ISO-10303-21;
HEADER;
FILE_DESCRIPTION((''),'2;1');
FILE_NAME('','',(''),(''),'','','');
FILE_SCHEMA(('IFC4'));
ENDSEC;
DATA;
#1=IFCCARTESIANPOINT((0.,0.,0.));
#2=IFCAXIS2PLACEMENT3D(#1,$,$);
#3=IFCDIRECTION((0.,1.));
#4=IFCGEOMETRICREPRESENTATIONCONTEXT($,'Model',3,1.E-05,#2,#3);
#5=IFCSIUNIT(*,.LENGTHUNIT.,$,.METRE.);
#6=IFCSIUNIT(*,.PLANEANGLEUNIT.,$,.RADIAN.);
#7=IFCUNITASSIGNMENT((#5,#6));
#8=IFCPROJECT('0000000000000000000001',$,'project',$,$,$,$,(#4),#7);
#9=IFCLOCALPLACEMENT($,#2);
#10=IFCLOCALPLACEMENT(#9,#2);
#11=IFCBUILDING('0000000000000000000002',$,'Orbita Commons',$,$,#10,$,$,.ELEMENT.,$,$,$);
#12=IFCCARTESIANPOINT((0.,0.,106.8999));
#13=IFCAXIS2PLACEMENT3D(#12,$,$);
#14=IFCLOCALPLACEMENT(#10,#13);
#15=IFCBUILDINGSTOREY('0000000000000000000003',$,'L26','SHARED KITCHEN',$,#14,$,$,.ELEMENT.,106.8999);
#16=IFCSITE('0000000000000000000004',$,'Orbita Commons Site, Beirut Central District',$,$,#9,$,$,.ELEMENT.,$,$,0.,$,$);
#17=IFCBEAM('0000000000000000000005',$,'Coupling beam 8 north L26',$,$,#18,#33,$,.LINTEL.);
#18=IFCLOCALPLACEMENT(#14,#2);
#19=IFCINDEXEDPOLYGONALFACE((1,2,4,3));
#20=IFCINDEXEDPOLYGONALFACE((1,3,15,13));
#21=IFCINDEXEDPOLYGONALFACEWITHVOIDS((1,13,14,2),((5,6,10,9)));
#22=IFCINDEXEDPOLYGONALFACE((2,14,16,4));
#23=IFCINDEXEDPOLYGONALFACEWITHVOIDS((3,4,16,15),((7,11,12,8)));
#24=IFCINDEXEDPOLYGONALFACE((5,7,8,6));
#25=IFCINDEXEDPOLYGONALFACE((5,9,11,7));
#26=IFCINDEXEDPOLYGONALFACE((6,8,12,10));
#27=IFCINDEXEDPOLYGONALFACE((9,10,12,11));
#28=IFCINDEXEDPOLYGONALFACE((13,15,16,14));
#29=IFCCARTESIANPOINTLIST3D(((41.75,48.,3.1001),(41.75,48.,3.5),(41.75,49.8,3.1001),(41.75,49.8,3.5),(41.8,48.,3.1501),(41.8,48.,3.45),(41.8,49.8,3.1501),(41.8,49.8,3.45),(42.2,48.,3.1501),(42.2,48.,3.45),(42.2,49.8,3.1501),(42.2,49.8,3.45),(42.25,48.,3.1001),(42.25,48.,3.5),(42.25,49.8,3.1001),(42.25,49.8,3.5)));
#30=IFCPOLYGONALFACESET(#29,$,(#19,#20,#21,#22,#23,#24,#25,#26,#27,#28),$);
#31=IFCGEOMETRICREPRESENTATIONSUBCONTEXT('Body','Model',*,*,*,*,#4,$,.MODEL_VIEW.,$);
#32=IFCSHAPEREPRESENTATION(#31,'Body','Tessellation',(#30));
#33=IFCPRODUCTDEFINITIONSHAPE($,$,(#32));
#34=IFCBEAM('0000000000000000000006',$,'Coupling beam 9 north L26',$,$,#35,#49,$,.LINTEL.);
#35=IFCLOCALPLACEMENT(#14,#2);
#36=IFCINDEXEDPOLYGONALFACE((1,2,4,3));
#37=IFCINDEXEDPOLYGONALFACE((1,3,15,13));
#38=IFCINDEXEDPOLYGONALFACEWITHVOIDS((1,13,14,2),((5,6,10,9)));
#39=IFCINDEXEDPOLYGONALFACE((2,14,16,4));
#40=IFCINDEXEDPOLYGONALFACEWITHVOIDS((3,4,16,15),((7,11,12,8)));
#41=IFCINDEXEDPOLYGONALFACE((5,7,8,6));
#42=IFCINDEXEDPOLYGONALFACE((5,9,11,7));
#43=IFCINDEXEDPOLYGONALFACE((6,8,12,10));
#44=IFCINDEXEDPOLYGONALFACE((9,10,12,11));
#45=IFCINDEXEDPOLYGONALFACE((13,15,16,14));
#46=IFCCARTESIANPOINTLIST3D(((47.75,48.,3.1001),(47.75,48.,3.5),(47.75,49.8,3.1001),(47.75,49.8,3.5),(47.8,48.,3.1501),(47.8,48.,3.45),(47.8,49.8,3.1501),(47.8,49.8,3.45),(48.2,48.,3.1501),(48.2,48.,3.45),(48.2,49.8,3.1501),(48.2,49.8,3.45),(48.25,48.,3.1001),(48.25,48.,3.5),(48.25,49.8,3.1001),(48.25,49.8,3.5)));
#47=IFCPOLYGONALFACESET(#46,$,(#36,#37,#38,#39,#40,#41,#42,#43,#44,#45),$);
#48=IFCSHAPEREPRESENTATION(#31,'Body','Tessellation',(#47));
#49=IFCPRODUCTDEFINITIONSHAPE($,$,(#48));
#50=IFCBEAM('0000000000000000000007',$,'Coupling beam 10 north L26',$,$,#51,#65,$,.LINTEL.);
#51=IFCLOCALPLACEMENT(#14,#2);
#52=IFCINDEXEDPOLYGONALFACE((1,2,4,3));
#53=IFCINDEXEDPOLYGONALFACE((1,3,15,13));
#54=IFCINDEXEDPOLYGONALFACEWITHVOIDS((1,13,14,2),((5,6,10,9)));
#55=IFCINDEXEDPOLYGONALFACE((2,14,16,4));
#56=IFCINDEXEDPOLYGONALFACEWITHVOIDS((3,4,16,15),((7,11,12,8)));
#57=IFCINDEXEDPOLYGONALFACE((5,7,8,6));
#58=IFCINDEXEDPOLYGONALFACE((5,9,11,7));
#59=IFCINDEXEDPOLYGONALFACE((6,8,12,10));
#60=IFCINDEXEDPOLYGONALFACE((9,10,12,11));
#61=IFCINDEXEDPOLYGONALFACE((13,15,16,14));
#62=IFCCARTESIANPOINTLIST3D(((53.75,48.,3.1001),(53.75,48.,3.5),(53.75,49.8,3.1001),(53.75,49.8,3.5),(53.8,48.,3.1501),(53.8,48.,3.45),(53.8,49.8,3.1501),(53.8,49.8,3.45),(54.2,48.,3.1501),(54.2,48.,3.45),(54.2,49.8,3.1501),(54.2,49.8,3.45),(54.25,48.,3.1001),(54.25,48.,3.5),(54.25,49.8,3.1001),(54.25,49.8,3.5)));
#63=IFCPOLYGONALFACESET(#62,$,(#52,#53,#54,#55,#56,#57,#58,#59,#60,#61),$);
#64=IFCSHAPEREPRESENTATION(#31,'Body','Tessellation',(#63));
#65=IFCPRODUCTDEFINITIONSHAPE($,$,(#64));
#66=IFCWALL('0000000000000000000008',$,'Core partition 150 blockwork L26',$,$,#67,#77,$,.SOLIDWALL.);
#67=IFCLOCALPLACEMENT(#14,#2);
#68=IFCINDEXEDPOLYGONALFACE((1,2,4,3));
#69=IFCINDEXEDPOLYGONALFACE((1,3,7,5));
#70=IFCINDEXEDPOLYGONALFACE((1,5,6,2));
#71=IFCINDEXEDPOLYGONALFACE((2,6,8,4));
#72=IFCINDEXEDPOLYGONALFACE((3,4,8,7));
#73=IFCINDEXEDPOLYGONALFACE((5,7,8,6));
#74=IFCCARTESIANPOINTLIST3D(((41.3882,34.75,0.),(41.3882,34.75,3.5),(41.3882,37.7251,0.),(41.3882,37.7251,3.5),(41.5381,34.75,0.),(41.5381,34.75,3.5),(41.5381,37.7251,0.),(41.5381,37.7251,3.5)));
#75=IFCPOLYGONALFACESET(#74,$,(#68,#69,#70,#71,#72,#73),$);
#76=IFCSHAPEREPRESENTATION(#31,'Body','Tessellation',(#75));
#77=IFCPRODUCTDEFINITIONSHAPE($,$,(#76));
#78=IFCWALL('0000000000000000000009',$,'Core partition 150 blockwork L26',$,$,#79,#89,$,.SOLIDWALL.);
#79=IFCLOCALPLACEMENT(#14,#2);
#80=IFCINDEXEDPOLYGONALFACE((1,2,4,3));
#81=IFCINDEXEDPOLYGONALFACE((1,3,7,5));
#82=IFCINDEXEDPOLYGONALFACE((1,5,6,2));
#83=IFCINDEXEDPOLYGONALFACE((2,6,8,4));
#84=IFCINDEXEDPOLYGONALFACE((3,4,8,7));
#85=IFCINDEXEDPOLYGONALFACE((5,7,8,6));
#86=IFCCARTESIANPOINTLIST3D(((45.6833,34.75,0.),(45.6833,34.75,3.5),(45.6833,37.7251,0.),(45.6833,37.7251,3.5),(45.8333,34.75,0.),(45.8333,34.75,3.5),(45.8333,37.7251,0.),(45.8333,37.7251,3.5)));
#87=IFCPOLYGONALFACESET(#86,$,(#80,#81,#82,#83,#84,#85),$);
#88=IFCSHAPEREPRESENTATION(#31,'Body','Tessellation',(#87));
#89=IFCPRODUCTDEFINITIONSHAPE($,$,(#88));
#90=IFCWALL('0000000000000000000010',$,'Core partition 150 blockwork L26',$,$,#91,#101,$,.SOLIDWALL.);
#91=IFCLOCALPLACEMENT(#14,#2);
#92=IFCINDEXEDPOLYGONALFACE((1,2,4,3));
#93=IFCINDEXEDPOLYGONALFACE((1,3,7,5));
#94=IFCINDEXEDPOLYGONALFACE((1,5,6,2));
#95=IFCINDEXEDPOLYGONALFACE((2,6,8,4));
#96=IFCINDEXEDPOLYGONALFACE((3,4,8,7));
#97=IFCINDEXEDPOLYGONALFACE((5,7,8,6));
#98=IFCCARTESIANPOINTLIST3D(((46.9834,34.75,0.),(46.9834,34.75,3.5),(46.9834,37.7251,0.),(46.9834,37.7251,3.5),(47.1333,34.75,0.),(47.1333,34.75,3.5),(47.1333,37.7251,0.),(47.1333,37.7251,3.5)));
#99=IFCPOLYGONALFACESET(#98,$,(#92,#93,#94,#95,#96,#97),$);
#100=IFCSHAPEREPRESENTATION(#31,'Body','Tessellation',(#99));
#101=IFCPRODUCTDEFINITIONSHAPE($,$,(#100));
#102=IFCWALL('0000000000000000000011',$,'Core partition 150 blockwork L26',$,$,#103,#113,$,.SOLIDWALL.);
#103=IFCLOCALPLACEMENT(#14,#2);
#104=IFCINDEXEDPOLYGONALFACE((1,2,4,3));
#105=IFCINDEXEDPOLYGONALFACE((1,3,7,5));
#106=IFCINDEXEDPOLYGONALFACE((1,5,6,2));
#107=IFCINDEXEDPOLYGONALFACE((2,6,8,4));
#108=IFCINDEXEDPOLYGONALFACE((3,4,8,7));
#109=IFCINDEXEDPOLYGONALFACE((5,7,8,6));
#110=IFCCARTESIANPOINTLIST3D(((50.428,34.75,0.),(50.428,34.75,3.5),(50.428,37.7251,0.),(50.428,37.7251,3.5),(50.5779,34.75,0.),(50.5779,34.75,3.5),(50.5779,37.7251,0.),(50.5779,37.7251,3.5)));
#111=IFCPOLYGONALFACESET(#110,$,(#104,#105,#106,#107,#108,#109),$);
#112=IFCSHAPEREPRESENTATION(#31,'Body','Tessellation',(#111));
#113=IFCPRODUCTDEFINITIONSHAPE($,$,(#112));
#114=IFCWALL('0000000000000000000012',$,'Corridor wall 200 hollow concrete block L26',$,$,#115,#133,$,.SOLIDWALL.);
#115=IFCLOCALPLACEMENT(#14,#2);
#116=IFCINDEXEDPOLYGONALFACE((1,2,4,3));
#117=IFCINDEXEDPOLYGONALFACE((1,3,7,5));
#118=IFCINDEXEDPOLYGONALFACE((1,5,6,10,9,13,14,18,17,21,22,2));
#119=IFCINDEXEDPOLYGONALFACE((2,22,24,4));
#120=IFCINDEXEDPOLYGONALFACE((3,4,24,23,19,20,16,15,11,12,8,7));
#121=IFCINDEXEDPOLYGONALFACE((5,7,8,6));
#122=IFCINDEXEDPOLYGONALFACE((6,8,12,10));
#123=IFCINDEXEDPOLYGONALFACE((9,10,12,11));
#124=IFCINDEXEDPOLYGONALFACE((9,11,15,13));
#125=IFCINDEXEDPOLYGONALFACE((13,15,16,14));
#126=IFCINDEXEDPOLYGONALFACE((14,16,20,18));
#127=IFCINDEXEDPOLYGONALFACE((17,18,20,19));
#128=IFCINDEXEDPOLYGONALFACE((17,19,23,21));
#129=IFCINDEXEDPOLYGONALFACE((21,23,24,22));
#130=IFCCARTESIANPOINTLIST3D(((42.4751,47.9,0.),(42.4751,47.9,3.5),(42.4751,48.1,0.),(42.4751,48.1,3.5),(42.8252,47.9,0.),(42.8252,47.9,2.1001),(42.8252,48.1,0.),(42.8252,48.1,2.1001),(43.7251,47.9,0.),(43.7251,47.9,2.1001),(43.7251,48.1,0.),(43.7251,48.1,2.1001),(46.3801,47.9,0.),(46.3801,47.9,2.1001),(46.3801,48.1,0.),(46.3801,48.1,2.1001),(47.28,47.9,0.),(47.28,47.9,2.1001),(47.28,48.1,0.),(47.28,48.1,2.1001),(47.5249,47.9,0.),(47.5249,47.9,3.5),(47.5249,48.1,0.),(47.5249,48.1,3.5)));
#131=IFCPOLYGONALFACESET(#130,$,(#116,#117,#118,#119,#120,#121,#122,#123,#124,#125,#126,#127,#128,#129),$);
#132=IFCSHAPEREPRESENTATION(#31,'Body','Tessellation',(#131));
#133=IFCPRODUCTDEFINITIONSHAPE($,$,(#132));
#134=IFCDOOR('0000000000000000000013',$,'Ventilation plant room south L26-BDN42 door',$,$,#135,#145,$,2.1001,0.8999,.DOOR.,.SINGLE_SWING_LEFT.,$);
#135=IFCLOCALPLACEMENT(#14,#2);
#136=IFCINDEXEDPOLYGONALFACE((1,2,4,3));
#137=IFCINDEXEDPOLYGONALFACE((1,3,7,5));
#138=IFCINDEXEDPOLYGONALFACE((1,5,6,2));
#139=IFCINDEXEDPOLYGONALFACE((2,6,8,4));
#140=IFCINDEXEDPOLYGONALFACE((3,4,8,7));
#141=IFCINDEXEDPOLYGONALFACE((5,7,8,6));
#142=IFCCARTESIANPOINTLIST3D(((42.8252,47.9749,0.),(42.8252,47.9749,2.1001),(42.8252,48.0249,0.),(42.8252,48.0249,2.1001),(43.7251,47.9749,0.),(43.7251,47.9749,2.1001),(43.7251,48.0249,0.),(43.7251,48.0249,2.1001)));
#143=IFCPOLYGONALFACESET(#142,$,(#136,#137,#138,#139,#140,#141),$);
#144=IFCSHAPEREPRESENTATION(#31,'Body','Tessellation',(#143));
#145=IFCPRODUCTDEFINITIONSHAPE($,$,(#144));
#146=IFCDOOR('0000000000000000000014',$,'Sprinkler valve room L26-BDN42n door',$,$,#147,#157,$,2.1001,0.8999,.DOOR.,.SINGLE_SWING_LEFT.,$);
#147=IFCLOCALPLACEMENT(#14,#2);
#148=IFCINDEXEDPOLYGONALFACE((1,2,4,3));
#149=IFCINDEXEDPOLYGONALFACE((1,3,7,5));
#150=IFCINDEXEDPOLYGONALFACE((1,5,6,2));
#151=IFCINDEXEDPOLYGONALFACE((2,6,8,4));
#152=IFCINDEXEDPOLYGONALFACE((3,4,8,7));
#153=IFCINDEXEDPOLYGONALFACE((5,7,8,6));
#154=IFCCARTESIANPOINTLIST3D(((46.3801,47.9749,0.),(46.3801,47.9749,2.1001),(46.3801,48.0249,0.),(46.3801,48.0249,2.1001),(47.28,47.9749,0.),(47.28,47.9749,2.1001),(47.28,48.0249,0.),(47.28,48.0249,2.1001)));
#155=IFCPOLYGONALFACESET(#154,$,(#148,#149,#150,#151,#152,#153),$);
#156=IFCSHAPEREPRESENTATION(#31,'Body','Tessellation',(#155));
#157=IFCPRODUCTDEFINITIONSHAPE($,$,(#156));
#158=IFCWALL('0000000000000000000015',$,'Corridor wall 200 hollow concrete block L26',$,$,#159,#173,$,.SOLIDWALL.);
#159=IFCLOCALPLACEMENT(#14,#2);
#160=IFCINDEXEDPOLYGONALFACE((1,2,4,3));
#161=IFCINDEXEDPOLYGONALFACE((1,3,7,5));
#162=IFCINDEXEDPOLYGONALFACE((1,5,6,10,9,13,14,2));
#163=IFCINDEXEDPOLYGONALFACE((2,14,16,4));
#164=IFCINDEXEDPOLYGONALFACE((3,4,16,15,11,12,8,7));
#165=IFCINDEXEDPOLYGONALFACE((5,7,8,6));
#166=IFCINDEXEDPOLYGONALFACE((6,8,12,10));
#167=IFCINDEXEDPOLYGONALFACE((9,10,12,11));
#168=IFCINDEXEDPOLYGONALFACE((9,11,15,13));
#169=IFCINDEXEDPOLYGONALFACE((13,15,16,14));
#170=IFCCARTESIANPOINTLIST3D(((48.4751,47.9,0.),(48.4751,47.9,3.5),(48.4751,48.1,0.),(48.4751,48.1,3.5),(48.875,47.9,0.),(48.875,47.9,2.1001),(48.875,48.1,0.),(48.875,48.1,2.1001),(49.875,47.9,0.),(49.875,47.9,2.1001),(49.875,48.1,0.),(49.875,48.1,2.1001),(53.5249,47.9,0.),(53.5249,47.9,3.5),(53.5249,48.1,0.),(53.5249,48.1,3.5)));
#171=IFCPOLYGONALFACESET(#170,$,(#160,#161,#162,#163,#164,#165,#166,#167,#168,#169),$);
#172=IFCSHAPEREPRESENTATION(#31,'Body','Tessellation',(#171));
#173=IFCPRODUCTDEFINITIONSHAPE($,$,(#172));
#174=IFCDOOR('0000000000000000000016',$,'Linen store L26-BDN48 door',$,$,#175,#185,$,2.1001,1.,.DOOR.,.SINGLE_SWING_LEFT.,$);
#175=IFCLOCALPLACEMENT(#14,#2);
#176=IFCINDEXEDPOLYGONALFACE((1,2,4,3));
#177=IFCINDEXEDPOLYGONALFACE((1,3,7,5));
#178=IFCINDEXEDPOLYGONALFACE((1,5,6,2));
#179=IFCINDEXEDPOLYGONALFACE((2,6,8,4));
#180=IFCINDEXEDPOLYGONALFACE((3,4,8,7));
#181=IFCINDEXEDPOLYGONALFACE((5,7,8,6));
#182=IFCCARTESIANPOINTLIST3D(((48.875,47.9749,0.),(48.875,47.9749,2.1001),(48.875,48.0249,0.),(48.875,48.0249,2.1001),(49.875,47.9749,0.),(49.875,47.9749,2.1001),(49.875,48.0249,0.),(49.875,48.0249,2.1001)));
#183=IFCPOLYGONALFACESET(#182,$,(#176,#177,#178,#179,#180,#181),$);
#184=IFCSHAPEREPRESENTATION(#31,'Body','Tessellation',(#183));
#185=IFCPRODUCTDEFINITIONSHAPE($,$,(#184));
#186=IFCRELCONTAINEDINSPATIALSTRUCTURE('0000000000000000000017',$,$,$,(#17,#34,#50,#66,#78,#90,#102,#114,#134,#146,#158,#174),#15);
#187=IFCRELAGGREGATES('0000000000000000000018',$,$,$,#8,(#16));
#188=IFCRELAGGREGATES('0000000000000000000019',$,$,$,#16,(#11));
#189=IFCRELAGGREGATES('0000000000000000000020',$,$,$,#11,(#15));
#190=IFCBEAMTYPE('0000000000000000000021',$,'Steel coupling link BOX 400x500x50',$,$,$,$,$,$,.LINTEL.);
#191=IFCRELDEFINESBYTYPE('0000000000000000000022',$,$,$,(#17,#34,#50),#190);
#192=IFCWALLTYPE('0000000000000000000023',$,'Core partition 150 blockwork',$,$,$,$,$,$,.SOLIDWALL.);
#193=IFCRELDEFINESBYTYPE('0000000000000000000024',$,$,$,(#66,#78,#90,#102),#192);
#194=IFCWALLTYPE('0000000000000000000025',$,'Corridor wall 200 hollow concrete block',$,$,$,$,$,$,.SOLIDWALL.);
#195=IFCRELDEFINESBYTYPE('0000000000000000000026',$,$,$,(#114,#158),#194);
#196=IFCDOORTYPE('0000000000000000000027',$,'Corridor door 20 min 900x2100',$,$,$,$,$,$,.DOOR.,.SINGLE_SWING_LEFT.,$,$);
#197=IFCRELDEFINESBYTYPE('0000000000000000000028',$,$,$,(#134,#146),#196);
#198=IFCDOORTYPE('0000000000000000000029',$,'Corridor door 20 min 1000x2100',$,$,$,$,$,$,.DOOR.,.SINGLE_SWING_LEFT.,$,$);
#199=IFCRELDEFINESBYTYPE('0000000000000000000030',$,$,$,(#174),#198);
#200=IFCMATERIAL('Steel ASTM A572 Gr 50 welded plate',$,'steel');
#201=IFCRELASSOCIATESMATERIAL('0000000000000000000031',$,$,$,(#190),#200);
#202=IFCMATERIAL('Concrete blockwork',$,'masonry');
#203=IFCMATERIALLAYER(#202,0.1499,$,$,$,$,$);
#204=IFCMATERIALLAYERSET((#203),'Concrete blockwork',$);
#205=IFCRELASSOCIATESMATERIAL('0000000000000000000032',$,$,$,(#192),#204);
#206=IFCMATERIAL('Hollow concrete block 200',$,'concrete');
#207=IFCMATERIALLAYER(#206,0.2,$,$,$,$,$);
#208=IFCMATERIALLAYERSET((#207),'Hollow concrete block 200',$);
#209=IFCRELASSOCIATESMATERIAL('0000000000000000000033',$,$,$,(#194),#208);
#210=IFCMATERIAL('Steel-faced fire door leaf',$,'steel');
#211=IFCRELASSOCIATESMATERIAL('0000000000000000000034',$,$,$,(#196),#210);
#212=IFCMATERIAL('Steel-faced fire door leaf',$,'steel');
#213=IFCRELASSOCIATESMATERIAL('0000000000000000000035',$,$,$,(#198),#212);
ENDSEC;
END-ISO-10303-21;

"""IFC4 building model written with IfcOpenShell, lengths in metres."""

from ifc_helpers import new_model, si_unit, direction, frame, frame_2d, origin, origin_2d, place, context, subcontext, project, spatial, rectangle, hollow_rectangle, extrude, material, layer, layer_set, material_profile, profile_set, type_object, element, fill, save


model = new_model("IFC4")

# Units and contexts
model_context = context("Model", 3, precision=1e-05, world=origin(), true_north=direction((0.0, 1.0)))
body_context = subcontext(model_context, "Body", "Model", "MODEL_VIEW")
ifc_project = project(units=[si_unit("LENGTHUNIT", "METRE"), si_unit("PLANEANGLEUNIT", "RADIAN")], contexts=[model_context])

# Site, building, storey
site_placement = place(None, origin())
site = spatial("IfcSite", under=ifc_project, at=site_placement, Name="Orbita Commons Site, Beirut Central District", CompositionType="ELEMENT", RefElevation=0.0)
building_placement = place(site_placement, origin())
building = spatial("IfcBuilding", under=site, at=building_placement, Name="Orbita Commons", CompositionType="ELEMENT")
storey_placement = place(building_placement, frame((0.0, 0.0, 106.8999)))
storey = spatial("IfcBuildingStorey", under=building, at=storey_placement, Name="L26", Description="SHARED KITCHEN", CompositionType="ELEMENT", Elevation=106.8999)

# Beams
ifc_material_1 = material(Name="Steel ASTM A572 Gr 50 welded plate", Category="steel")
ifc_material_profile = material_profile(ifc_material_1, hollow_rectangle(XDim=0.5, YDim=0.3999, WallThickness=0.05, at=origin_2d()), Name="BOX 400x500x50")
ifc_profile_set = profile_set([ifc_material_profile], Name="Steel ASTM A572 Gr 50 welded plate")
beam_type = type_object("IfcBeamType", Name="Steel coupling link BOX 400x500x50", PredefinedType="LINTEL", material=ifc_profile_set)
for number, where, z_axis, x_axis, name in (
    (1, (42.0, 48.0, 3.3), (0.0, 1.0, 0.0), (-1.0, 0.0, 0.0), "Coupling beam 8 north L26"),
    (2, (48.0, 48.0, 3.3), (0.0, 1.0, 0.0), (-1.0, 0.0, 0.0), "Coupling beam 9 north L26"),
    (3, (54.0, 48.0, 3.3), (0.0, 1.0, 0.0), (-1.0, 0.0, 0.0), "Coupling beam 10 north L26"),
):
    element("IfcBeam", number, at=place(storey_placement, frame(where, z_axis=z_axis, x_axis=x_axis)), inside=storey, type_object=beam_type, Name=name, PredefinedType="LINTEL", context=body_context, shape_type="SweptSolid", body=[
        extrude(hollow_rectangle(XDim=0.5, YDim=0.3999, WallThickness=0.05, at=origin_2d()), origin(), (0.0, 0.0, 1.0), 1.8),
    ])

# Walls
ifc_material_2 = material(Name="Concrete blockwork", Category="masonry")
ifc_layer_1 = layer(ifc_material_2, 0.1499)
ifc_layer_set_1 = layer_set([ifc_layer_1], Name="Concrete blockwork")
wall_type_1 = type_object("IfcWallType", Name="Core partition 150 blockwork", PredefinedType="SOLIDWALL", material=ifc_layer_set_1)
for number, where, z_axis, x_axis, name in (
    (4, (41.4631, 34.75, 0.0), (0.0, 0.0, 1.0), (0.0, 1.0, 0.0), "Core partition 150 blockwork L26"),
    (5, (45.7583, 34.75, 0.0), (0.0, 0.0, 1.0), (0.0, 1.0, 0.0), "Core partition 150 blockwork L26"),
    (6, (47.0583, 34.75, 0.0), (0.0, 0.0, 1.0), (0.0, 1.0, 0.0), "Core partition 150 blockwork L26"),
    (7, (50.5029, 34.75, 0.0), (0.0, 0.0, 1.0), (0.0, 1.0, 0.0), "Core partition 150 blockwork L26"),
):
    element("IfcWall", number, at=place(storey_placement, frame(where, z_axis=z_axis, x_axis=x_axis)), inside=storey, type_object=wall_type_1, Name=name, PredefinedType="SOLIDWALL", context=body_context, shape_type="SweptSolid", body=[
        extrude(rectangle(XDim=2.9751, YDim=0.1499, at=frame_2d((1.4875, 0.0))), origin(), (0.0, 0.0, 1.0), 3.5),
    ])

# Wall, openings, doors
ifc_material_3 = material(Name="Hollow concrete block 200", Category="concrete")
ifc_layer_2 = layer(ifc_material_3, 0.2)
ifc_layer_set_2 = layer_set([ifc_layer_2], Name="Hollow concrete block 200")
wall_type_2 = type_object("IfcWallType", Name="Corridor wall 200 hollow concrete block", PredefinedType="SOLIDWALL", material=ifc_layer_set_2)
wall_1_placement = place(storey_placement, frame((42.4751, 48.0, 0.0), z_axis=(0.0, 0.0, 1.0), x_axis=(1.0, 0.0, 0.0)))
wall_1 = element("IfcWall", 8, at=wall_1_placement, inside=storey, type_object=wall_type_2, Name="Corridor wall 200 hollow concrete block L26", PredefinedType="SOLIDWALL", context=body_context, shape_type="SweptSolid", body=[
    extrude(rectangle(XDim=5.0498, YDim=0.2, at=frame_2d((2.5249, 0.0))), origin(), (0.0, 0.0, 1.0), 3.5),
])
opening_1_placement = place(wall_1_placement, frame((0.3501, 0.0, 0.0)))
opening_1 = element("IfcOpeningElement", 9, at=opening_1_placement, cuts=wall_1, PredefinedType="OPENING", context=body_context, shape_type="SweptSolid", body=[
    extrude(rectangle(XDim=0.8999, YDim=2.1001, at=frame_2d((0.45, 1.05))), frame((0.0, 0.1099, 0.0), z_axis=(0.0, -1.0, 0.0), x_axis=(1.0, 0.0, 0.0)), (0.0, 0.0, 1.0), 0.22),
])
opening_2_placement = place(wall_1_placement, frame((3.905, 0.0, 0.0)))
opening_2 = element("IfcOpeningElement", 10, at=opening_2_placement, cuts=wall_1, PredefinedType="OPENING", context=body_context, shape_type="SweptSolid", body=[
    extrude(rectangle(XDim=0.8999, YDim=2.1001, at=frame_2d((0.45, 1.05))), frame((0.0, 0.1099, 0.0), z_axis=(0.0, -1.0, 0.0), x_axis=(1.0, 0.0, 0.0)), (0.0, 0.0, 1.0), 0.22),
])
ifc_material_4 = material(Name="Steel-faced fire door leaf", Category="steel")
door_type_1 = type_object("IfcDoorType", Name="Corridor door 20 min 900x2100", OperationType="SINGLE_SWING_LEFT", PredefinedType="DOOR", material=ifc_material_4)
door_1_placement = place(opening_1_placement, origin())
door_1 = element("IfcDoor", 11, at=door_1_placement, inside=storey, type_object=door_type_1, Name="Ventilation plant room south L26-BDN42 door", OperationType="SINGLE_SWING_LEFT", OverallHeight=2.1001, OverallWidth=0.8999, PredefinedType="DOOR", context=body_context, shape_type="SweptSolid", body=[
    extrude(rectangle(XDim=0.8999, YDim=2.1001, at=frame_2d((0.45, 1.05))), frame((0.0, 0.0249, 0.0), z_axis=(0.0, -1.0, 0.0), x_axis=(1.0, 0.0, 0.0)), (0.0, 0.0, 1.0), 0.05),
])
fill(opening_1, door_1)
door_2_placement = place(opening_2_placement, origin())
door_2 = element("IfcDoor", 12, at=door_2_placement, inside=storey, type_object=door_type_1, Name="Sprinkler valve room L26-BDN42n door", OperationType="SINGLE_SWING_LEFT", OverallHeight=2.1001, OverallWidth=0.8999, PredefinedType="DOOR", context=body_context, shape_type="SweptSolid", body=[
    extrude(rectangle(XDim=0.8999, YDim=2.1001, at=frame_2d((0.45, 1.05))), frame((0.0, 0.0249, 0.0), z_axis=(0.0, -1.0, 0.0), x_axis=(1.0, 0.0, 0.0)), (0.0, 0.0, 1.0), 0.05),
])
fill(opening_2, door_2)

# Wall, opening, door
wall_2_placement = place(storey_placement, frame((48.4751, 48.0, 0.0), z_axis=(0.0, 0.0, 1.0), x_axis=(1.0, 0.0, 0.0)))
wall_2 = element("IfcWall", 13, at=wall_2_placement, inside=storey, type_object=wall_type_2, Name="Corridor wall 200 hollow concrete block L26", PredefinedType="SOLIDWALL", context=body_context, shape_type="SweptSolid", body=[
    extrude(rectangle(XDim=5.0498, YDim=0.2, at=frame_2d((2.5249, 0.0))), origin(), (0.0, 0.0, 1.0), 3.5),
])
opening_3_placement = place(wall_2_placement, frame((0.3999, 0.0, 0.0)))
opening_3 = element("IfcOpeningElement", 14, at=opening_3_placement, cuts=wall_2, PredefinedType="OPENING", context=body_context, shape_type="SweptSolid", body=[
    extrude(rectangle(XDim=1.0, YDim=2.1001, at=frame_2d((0.5, 1.05))), frame((0.0, 0.1099, 0.0), z_axis=(0.0, -1.0, 0.0), x_axis=(1.0, 0.0, 0.0)), (0.0, 0.0, 1.0), 0.22),
])
ifc_material_5 = material(Name="Steel-faced fire door leaf", Category="steel")
door_type_2 = type_object("IfcDoorType", Name="Corridor door 20 min 1000x2100", OperationType="SINGLE_SWING_LEFT", PredefinedType="DOOR", material=ifc_material_5)
door_3_placement = place(opening_3_placement, origin())
door_3 = element("IfcDoor", 15, at=door_3_placement, inside=storey, type_object=door_type_2, Name="Linen store L26-BDN48 door", OperationType="SINGLE_SWING_LEFT", OverallHeight=2.1001, OverallWidth=1.0, PredefinedType="DOOR", context=body_context, shape_type="SweptSolid", body=[
    extrude(rectangle(XDim=1.0, YDim=2.1001, at=frame_2d((0.5, 1.05))), frame((0.0, 0.0249, 0.0), z_axis=(0.0, -1.0, 0.0), x_axis=(1.0, 0.0, 0.0)), (0.0, 0.0, 1.0), 0.05),
])
fill(opening_3, door_3)

save(model, "model.ifc")
